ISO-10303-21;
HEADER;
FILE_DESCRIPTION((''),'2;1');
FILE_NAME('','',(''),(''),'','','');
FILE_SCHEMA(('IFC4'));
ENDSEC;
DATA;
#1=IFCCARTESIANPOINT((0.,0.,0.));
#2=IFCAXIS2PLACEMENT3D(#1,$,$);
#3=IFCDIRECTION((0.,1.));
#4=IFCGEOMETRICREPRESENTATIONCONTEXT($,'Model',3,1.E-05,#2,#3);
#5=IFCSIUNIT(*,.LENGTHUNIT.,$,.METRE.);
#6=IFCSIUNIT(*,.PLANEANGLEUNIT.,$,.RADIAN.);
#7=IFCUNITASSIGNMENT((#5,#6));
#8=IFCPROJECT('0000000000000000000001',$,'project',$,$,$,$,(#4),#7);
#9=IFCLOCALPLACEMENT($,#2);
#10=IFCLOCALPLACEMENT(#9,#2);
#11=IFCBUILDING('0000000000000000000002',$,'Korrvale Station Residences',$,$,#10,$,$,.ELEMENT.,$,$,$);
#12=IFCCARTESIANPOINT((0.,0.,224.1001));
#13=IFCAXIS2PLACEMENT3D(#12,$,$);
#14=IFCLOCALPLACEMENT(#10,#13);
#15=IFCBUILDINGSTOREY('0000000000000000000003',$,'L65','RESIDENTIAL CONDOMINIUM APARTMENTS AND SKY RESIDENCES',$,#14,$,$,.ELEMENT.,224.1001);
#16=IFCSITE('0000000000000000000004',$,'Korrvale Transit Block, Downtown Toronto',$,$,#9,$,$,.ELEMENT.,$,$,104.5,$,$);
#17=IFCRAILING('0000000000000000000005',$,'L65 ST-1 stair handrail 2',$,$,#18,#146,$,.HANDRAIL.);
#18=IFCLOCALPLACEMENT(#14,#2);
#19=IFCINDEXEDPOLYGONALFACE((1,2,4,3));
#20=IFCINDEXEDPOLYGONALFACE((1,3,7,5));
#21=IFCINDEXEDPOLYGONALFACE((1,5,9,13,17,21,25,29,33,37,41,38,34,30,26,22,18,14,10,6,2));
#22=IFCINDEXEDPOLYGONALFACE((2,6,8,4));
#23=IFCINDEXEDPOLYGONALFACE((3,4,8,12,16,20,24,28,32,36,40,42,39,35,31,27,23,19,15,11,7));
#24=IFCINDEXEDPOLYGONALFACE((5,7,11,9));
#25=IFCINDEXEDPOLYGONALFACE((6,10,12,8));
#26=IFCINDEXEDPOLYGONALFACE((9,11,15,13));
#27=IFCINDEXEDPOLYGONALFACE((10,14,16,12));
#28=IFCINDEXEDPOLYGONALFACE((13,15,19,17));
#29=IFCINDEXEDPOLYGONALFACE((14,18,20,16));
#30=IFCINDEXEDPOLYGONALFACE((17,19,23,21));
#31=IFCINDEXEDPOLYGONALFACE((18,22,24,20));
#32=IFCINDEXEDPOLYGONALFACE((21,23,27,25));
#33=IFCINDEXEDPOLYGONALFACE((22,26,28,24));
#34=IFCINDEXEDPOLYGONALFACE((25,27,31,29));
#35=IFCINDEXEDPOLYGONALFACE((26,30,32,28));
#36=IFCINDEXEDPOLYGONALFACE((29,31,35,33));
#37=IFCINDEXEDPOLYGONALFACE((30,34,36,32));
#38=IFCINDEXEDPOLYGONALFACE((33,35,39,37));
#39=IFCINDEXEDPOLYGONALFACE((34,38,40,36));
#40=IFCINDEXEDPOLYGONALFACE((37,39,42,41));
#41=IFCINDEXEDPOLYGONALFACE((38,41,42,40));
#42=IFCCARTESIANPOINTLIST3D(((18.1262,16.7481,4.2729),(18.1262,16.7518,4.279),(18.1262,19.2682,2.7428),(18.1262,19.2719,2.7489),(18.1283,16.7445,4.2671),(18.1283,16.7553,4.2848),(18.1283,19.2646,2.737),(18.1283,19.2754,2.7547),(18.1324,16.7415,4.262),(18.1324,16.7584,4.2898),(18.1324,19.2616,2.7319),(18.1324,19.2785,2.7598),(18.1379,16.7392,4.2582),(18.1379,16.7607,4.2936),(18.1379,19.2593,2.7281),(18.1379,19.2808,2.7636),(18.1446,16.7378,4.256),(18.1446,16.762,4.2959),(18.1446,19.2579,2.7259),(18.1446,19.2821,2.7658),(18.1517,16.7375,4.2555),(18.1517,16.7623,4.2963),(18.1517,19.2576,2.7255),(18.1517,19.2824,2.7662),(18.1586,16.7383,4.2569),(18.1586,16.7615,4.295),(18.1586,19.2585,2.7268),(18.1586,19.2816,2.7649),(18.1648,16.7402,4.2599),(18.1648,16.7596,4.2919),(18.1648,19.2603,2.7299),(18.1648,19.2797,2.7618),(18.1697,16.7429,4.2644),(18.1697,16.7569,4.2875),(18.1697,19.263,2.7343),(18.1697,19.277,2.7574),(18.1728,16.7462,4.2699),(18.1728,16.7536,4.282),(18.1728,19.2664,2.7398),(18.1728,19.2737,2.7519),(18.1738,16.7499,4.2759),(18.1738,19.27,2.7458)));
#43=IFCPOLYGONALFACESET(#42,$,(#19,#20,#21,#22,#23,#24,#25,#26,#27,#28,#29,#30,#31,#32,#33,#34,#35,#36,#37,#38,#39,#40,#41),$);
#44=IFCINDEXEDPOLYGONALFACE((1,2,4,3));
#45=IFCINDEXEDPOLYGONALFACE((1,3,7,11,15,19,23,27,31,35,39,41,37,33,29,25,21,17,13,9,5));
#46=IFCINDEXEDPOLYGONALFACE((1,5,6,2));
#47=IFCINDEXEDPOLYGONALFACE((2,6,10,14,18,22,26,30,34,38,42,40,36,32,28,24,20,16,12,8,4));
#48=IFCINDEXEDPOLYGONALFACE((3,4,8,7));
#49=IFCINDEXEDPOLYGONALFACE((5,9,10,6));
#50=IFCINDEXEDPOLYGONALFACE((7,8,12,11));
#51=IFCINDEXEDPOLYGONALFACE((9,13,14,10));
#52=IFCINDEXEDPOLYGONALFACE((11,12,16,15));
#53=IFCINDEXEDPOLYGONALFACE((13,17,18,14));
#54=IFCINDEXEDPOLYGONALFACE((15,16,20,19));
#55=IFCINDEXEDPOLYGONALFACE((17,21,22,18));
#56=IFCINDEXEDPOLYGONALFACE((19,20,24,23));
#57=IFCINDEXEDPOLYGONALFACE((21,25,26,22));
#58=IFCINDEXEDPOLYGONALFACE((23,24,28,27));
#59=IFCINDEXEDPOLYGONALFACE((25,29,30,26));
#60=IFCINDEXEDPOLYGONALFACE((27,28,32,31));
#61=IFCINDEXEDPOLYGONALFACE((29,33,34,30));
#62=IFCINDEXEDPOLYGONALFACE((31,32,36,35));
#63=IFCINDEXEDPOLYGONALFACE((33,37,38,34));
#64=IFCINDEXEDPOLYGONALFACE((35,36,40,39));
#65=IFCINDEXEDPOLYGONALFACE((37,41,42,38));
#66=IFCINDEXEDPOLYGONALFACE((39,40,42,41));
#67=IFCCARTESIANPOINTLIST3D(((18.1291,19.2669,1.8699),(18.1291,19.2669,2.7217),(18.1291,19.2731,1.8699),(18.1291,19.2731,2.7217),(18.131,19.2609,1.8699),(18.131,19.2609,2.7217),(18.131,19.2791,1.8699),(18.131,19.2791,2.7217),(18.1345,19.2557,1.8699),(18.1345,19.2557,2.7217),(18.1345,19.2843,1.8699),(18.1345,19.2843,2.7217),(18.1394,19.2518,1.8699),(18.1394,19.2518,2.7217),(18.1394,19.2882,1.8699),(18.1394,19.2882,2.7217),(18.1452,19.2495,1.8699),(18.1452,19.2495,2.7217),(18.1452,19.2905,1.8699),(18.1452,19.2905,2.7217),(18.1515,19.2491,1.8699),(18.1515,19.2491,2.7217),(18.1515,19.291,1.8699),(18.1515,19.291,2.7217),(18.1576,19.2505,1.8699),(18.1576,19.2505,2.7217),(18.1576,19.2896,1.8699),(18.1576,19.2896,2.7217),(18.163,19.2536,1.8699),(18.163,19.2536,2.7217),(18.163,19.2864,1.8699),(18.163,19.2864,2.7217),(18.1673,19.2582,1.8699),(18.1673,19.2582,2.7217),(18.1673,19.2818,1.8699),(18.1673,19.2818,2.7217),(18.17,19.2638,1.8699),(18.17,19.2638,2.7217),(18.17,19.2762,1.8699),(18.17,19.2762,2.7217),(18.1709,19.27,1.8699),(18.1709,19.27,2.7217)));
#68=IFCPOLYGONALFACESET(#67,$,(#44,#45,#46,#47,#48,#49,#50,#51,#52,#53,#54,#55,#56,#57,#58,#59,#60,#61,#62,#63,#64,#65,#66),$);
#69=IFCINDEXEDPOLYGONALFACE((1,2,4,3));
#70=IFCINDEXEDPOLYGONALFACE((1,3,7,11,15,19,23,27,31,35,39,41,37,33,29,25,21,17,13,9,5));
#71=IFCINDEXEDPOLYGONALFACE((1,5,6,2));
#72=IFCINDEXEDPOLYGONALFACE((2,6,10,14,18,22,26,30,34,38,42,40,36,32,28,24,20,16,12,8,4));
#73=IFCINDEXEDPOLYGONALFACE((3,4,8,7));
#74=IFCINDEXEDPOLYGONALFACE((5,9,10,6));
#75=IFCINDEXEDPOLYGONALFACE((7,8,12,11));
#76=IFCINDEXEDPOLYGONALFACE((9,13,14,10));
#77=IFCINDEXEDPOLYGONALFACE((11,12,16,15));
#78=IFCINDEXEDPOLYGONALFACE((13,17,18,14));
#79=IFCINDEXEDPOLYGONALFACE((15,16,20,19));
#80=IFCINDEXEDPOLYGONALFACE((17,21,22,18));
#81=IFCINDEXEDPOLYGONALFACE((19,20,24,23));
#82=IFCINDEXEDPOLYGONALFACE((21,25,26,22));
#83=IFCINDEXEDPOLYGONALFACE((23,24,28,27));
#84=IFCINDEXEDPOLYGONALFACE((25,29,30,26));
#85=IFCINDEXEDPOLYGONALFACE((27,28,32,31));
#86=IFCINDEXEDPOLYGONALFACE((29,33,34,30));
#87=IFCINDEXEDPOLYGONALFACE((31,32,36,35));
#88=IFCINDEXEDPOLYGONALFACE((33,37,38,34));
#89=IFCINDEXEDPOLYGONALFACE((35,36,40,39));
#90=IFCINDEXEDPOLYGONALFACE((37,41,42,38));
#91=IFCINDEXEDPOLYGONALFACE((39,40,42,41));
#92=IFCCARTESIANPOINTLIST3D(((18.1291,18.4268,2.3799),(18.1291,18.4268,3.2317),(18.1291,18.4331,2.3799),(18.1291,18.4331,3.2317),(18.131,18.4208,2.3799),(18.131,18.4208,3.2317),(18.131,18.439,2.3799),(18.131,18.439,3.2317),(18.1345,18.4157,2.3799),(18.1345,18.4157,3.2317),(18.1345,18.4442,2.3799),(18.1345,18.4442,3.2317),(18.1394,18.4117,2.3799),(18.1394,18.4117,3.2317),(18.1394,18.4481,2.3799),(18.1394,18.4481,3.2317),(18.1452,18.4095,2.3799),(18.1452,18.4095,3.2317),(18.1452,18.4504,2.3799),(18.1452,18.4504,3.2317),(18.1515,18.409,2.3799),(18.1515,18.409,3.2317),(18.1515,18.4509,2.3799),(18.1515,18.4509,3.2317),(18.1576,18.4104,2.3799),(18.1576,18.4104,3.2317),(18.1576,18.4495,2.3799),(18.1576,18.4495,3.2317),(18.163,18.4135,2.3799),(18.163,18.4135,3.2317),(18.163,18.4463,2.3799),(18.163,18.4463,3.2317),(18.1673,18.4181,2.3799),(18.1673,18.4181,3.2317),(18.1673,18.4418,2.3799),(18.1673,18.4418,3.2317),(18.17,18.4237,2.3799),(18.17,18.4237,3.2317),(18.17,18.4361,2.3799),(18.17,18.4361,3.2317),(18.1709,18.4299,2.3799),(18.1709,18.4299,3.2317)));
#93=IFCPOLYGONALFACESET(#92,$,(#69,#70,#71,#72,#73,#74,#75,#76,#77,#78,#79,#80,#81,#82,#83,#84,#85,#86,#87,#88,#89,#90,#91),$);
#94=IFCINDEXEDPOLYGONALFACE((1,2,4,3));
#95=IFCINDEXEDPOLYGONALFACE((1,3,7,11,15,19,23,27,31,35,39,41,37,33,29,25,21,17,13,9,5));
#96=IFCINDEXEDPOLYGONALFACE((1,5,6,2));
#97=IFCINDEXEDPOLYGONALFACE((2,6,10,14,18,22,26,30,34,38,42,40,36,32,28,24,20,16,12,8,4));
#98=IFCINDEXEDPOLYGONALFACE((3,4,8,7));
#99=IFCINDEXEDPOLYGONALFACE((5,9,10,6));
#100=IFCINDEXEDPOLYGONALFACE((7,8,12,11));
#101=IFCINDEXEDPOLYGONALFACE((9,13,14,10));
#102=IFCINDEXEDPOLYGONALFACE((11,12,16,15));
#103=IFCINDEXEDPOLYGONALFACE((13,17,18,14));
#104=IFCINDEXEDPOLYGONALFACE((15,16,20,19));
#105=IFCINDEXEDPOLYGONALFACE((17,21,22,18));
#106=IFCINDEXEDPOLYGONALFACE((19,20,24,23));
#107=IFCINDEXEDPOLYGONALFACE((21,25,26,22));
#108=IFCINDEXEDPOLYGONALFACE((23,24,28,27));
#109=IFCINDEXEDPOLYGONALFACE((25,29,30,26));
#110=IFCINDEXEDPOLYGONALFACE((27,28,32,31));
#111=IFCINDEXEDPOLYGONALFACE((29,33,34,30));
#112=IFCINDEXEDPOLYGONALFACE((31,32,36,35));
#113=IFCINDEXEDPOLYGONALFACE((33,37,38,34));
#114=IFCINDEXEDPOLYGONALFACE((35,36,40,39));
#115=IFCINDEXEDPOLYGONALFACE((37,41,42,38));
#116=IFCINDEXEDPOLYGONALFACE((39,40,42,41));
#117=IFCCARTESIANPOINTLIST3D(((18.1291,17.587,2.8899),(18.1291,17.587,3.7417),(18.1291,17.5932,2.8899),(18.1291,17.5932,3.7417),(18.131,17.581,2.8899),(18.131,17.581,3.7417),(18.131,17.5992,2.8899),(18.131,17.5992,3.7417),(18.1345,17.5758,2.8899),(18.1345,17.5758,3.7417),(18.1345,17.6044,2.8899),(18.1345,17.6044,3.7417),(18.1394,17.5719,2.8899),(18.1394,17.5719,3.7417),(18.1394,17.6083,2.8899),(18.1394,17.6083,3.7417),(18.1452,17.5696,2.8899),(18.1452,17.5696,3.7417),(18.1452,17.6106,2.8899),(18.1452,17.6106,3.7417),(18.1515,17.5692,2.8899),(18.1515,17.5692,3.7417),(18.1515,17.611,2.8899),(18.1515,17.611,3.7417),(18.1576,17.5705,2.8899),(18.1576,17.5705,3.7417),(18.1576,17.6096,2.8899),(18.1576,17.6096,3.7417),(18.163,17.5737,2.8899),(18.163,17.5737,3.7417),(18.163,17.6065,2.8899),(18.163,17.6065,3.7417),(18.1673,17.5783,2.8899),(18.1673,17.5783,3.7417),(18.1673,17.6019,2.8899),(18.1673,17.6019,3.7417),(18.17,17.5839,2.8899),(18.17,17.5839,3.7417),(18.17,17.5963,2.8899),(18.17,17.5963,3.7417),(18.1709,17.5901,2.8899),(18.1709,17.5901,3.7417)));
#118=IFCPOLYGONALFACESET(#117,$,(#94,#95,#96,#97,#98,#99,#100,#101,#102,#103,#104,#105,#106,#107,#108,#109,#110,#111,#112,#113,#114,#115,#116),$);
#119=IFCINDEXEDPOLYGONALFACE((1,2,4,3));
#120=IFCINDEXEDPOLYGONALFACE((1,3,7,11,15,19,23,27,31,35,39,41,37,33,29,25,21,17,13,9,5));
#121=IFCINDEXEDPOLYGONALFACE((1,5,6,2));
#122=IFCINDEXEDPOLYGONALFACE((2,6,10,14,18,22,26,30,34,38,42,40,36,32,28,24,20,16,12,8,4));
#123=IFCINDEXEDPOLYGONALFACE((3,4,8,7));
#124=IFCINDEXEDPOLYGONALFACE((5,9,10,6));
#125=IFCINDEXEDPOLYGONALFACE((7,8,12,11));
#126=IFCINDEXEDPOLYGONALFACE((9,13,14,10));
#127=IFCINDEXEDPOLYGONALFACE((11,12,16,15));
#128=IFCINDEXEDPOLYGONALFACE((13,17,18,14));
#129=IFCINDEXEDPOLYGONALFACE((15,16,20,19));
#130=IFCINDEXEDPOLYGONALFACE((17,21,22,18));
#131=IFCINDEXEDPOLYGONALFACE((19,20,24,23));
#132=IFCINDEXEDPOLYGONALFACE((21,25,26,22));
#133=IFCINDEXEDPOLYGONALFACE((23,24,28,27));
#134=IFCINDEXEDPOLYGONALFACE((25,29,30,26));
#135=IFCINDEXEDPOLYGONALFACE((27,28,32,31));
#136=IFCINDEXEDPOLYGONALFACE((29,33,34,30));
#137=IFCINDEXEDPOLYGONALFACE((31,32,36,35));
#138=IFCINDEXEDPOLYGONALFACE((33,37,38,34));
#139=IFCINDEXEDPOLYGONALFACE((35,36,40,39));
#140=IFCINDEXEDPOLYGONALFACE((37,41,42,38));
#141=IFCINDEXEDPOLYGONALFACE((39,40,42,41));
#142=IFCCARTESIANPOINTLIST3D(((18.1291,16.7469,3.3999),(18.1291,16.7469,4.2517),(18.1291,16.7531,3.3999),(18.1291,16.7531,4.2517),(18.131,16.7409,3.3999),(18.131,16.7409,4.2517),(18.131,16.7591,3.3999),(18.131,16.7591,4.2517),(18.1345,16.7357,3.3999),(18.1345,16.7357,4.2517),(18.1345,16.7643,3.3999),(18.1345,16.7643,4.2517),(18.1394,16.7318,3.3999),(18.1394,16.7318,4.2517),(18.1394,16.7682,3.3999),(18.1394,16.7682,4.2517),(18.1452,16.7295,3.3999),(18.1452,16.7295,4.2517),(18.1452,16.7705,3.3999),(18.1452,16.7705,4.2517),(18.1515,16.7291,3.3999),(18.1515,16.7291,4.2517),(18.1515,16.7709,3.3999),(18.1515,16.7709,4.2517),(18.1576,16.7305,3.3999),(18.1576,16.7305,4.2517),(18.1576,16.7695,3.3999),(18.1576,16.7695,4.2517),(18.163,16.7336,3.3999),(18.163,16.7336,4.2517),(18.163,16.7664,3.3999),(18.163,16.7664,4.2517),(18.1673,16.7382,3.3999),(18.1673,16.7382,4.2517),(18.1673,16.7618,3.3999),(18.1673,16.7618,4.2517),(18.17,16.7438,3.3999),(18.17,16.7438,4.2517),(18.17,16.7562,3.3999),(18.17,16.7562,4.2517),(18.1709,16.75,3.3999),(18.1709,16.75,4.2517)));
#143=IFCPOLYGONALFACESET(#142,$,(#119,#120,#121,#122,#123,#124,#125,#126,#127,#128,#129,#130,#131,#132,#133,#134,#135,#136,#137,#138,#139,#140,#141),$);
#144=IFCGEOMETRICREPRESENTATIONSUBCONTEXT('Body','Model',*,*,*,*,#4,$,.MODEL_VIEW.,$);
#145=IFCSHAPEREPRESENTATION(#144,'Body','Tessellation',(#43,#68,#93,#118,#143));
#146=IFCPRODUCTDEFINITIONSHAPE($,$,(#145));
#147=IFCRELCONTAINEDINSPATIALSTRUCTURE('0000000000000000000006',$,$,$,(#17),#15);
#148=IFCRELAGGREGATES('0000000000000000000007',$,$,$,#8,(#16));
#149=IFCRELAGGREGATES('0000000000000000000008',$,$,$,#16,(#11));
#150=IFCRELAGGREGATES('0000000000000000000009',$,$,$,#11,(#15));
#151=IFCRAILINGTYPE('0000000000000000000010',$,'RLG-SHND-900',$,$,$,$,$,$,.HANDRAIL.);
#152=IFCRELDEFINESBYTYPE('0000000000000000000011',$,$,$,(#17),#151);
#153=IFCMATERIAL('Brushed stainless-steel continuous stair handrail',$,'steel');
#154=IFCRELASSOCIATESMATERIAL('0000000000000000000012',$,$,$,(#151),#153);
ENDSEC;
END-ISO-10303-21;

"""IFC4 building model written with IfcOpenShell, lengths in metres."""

from ifc_helpers import new_model, si_unit, direction, frame, origin, origin_2d, place, context, subcontext, project, spatial, circle, extrude, material, type_object, element, save


model = new_model("IFC4")

# Units and contexts
model_context = context("Model", 3, precision=1e-05, world=origin(), true_north=direction((0.0, 1.0)))
body_context = subcontext(model_context, "Body", "Model", "MODEL_VIEW")
ifc_project = project(units=[si_unit("LENGTHUNIT", "METRE"), si_unit("PLANEANGLEUNIT", "RADIAN")], contexts=[model_context])

# Site, building, storey
site_placement = place(None, origin())
site = spatial("IfcSite", under=ifc_project, at=site_placement, Name="Korrvale Transit Block, Downtown Toronto", CompositionType="ELEMENT", RefElevation=104.5)
building_placement = place(site_placement, origin())
building = spatial("IfcBuilding", under=site, at=building_placement, Name="Korrvale Station Residences", CompositionType="ELEMENT")
storey_placement = place(building_placement, frame((0.0, 0.0, 224.1001)))
storey = spatial("IfcBuildingStorey", under=building, at=storey_placement, Name="L65", Description="RESIDENTIAL CONDOMINIUM APARTMENTS AND SKY RESIDENCES", CompositionType="ELEMENT", Elevation=224.1001)

# Railing
ifc_material_1 = material(Name="Brushed stainless-steel continuous stair handrail", Category="steel")
railing_type_1 = type_object("IfcRailingType", Name="RLG-SHND-900", PredefinedType="HANDRAIL", material=ifc_material_1)
railing_1_placement = place(storey_placement, frame((18.1499, 19.27, 1.8699)))
element("IfcRailing", 1, at=railing_1_placement, inside=storey, type_object=railing_type_1, Name="L65 ST-1 stair handrail 2", PredefinedType="HANDRAIL", context=body_context, shape_type="SweptSolid", body=[
    extrude(circle(Radius=0.0239, at=origin_2d()), frame((0.0, 0.0, 0.876), z_axis=(0.0, -0.854785, 0.518982), x_axis=(1.0, 0.0, 0.0)), (0.0, 0.0, 1.0), 2.9482),
    extrude(circle(Radius=0.021, at=origin_2d()), origin(), (0.0, 0.0, 1.0), 0.8518),
    extrude(circle(Radius=0.021, at=origin_2d()), frame((0.0, -0.8401, 0.51)), (0.0, 0.0, 1.0), 0.8518),
    extrude(circle(Radius=0.021, at=origin_2d()), frame((0.0, -1.6799, 1.02)), (0.0, 0.0, 1.0), 0.8518),
    extrude(circle(Radius=0.021, at=origin_2d()), frame((0.0, -2.52, 1.53)), (0.0, 0.0, 1.0), 0.8518),
])

save(model, "model.ifc")
